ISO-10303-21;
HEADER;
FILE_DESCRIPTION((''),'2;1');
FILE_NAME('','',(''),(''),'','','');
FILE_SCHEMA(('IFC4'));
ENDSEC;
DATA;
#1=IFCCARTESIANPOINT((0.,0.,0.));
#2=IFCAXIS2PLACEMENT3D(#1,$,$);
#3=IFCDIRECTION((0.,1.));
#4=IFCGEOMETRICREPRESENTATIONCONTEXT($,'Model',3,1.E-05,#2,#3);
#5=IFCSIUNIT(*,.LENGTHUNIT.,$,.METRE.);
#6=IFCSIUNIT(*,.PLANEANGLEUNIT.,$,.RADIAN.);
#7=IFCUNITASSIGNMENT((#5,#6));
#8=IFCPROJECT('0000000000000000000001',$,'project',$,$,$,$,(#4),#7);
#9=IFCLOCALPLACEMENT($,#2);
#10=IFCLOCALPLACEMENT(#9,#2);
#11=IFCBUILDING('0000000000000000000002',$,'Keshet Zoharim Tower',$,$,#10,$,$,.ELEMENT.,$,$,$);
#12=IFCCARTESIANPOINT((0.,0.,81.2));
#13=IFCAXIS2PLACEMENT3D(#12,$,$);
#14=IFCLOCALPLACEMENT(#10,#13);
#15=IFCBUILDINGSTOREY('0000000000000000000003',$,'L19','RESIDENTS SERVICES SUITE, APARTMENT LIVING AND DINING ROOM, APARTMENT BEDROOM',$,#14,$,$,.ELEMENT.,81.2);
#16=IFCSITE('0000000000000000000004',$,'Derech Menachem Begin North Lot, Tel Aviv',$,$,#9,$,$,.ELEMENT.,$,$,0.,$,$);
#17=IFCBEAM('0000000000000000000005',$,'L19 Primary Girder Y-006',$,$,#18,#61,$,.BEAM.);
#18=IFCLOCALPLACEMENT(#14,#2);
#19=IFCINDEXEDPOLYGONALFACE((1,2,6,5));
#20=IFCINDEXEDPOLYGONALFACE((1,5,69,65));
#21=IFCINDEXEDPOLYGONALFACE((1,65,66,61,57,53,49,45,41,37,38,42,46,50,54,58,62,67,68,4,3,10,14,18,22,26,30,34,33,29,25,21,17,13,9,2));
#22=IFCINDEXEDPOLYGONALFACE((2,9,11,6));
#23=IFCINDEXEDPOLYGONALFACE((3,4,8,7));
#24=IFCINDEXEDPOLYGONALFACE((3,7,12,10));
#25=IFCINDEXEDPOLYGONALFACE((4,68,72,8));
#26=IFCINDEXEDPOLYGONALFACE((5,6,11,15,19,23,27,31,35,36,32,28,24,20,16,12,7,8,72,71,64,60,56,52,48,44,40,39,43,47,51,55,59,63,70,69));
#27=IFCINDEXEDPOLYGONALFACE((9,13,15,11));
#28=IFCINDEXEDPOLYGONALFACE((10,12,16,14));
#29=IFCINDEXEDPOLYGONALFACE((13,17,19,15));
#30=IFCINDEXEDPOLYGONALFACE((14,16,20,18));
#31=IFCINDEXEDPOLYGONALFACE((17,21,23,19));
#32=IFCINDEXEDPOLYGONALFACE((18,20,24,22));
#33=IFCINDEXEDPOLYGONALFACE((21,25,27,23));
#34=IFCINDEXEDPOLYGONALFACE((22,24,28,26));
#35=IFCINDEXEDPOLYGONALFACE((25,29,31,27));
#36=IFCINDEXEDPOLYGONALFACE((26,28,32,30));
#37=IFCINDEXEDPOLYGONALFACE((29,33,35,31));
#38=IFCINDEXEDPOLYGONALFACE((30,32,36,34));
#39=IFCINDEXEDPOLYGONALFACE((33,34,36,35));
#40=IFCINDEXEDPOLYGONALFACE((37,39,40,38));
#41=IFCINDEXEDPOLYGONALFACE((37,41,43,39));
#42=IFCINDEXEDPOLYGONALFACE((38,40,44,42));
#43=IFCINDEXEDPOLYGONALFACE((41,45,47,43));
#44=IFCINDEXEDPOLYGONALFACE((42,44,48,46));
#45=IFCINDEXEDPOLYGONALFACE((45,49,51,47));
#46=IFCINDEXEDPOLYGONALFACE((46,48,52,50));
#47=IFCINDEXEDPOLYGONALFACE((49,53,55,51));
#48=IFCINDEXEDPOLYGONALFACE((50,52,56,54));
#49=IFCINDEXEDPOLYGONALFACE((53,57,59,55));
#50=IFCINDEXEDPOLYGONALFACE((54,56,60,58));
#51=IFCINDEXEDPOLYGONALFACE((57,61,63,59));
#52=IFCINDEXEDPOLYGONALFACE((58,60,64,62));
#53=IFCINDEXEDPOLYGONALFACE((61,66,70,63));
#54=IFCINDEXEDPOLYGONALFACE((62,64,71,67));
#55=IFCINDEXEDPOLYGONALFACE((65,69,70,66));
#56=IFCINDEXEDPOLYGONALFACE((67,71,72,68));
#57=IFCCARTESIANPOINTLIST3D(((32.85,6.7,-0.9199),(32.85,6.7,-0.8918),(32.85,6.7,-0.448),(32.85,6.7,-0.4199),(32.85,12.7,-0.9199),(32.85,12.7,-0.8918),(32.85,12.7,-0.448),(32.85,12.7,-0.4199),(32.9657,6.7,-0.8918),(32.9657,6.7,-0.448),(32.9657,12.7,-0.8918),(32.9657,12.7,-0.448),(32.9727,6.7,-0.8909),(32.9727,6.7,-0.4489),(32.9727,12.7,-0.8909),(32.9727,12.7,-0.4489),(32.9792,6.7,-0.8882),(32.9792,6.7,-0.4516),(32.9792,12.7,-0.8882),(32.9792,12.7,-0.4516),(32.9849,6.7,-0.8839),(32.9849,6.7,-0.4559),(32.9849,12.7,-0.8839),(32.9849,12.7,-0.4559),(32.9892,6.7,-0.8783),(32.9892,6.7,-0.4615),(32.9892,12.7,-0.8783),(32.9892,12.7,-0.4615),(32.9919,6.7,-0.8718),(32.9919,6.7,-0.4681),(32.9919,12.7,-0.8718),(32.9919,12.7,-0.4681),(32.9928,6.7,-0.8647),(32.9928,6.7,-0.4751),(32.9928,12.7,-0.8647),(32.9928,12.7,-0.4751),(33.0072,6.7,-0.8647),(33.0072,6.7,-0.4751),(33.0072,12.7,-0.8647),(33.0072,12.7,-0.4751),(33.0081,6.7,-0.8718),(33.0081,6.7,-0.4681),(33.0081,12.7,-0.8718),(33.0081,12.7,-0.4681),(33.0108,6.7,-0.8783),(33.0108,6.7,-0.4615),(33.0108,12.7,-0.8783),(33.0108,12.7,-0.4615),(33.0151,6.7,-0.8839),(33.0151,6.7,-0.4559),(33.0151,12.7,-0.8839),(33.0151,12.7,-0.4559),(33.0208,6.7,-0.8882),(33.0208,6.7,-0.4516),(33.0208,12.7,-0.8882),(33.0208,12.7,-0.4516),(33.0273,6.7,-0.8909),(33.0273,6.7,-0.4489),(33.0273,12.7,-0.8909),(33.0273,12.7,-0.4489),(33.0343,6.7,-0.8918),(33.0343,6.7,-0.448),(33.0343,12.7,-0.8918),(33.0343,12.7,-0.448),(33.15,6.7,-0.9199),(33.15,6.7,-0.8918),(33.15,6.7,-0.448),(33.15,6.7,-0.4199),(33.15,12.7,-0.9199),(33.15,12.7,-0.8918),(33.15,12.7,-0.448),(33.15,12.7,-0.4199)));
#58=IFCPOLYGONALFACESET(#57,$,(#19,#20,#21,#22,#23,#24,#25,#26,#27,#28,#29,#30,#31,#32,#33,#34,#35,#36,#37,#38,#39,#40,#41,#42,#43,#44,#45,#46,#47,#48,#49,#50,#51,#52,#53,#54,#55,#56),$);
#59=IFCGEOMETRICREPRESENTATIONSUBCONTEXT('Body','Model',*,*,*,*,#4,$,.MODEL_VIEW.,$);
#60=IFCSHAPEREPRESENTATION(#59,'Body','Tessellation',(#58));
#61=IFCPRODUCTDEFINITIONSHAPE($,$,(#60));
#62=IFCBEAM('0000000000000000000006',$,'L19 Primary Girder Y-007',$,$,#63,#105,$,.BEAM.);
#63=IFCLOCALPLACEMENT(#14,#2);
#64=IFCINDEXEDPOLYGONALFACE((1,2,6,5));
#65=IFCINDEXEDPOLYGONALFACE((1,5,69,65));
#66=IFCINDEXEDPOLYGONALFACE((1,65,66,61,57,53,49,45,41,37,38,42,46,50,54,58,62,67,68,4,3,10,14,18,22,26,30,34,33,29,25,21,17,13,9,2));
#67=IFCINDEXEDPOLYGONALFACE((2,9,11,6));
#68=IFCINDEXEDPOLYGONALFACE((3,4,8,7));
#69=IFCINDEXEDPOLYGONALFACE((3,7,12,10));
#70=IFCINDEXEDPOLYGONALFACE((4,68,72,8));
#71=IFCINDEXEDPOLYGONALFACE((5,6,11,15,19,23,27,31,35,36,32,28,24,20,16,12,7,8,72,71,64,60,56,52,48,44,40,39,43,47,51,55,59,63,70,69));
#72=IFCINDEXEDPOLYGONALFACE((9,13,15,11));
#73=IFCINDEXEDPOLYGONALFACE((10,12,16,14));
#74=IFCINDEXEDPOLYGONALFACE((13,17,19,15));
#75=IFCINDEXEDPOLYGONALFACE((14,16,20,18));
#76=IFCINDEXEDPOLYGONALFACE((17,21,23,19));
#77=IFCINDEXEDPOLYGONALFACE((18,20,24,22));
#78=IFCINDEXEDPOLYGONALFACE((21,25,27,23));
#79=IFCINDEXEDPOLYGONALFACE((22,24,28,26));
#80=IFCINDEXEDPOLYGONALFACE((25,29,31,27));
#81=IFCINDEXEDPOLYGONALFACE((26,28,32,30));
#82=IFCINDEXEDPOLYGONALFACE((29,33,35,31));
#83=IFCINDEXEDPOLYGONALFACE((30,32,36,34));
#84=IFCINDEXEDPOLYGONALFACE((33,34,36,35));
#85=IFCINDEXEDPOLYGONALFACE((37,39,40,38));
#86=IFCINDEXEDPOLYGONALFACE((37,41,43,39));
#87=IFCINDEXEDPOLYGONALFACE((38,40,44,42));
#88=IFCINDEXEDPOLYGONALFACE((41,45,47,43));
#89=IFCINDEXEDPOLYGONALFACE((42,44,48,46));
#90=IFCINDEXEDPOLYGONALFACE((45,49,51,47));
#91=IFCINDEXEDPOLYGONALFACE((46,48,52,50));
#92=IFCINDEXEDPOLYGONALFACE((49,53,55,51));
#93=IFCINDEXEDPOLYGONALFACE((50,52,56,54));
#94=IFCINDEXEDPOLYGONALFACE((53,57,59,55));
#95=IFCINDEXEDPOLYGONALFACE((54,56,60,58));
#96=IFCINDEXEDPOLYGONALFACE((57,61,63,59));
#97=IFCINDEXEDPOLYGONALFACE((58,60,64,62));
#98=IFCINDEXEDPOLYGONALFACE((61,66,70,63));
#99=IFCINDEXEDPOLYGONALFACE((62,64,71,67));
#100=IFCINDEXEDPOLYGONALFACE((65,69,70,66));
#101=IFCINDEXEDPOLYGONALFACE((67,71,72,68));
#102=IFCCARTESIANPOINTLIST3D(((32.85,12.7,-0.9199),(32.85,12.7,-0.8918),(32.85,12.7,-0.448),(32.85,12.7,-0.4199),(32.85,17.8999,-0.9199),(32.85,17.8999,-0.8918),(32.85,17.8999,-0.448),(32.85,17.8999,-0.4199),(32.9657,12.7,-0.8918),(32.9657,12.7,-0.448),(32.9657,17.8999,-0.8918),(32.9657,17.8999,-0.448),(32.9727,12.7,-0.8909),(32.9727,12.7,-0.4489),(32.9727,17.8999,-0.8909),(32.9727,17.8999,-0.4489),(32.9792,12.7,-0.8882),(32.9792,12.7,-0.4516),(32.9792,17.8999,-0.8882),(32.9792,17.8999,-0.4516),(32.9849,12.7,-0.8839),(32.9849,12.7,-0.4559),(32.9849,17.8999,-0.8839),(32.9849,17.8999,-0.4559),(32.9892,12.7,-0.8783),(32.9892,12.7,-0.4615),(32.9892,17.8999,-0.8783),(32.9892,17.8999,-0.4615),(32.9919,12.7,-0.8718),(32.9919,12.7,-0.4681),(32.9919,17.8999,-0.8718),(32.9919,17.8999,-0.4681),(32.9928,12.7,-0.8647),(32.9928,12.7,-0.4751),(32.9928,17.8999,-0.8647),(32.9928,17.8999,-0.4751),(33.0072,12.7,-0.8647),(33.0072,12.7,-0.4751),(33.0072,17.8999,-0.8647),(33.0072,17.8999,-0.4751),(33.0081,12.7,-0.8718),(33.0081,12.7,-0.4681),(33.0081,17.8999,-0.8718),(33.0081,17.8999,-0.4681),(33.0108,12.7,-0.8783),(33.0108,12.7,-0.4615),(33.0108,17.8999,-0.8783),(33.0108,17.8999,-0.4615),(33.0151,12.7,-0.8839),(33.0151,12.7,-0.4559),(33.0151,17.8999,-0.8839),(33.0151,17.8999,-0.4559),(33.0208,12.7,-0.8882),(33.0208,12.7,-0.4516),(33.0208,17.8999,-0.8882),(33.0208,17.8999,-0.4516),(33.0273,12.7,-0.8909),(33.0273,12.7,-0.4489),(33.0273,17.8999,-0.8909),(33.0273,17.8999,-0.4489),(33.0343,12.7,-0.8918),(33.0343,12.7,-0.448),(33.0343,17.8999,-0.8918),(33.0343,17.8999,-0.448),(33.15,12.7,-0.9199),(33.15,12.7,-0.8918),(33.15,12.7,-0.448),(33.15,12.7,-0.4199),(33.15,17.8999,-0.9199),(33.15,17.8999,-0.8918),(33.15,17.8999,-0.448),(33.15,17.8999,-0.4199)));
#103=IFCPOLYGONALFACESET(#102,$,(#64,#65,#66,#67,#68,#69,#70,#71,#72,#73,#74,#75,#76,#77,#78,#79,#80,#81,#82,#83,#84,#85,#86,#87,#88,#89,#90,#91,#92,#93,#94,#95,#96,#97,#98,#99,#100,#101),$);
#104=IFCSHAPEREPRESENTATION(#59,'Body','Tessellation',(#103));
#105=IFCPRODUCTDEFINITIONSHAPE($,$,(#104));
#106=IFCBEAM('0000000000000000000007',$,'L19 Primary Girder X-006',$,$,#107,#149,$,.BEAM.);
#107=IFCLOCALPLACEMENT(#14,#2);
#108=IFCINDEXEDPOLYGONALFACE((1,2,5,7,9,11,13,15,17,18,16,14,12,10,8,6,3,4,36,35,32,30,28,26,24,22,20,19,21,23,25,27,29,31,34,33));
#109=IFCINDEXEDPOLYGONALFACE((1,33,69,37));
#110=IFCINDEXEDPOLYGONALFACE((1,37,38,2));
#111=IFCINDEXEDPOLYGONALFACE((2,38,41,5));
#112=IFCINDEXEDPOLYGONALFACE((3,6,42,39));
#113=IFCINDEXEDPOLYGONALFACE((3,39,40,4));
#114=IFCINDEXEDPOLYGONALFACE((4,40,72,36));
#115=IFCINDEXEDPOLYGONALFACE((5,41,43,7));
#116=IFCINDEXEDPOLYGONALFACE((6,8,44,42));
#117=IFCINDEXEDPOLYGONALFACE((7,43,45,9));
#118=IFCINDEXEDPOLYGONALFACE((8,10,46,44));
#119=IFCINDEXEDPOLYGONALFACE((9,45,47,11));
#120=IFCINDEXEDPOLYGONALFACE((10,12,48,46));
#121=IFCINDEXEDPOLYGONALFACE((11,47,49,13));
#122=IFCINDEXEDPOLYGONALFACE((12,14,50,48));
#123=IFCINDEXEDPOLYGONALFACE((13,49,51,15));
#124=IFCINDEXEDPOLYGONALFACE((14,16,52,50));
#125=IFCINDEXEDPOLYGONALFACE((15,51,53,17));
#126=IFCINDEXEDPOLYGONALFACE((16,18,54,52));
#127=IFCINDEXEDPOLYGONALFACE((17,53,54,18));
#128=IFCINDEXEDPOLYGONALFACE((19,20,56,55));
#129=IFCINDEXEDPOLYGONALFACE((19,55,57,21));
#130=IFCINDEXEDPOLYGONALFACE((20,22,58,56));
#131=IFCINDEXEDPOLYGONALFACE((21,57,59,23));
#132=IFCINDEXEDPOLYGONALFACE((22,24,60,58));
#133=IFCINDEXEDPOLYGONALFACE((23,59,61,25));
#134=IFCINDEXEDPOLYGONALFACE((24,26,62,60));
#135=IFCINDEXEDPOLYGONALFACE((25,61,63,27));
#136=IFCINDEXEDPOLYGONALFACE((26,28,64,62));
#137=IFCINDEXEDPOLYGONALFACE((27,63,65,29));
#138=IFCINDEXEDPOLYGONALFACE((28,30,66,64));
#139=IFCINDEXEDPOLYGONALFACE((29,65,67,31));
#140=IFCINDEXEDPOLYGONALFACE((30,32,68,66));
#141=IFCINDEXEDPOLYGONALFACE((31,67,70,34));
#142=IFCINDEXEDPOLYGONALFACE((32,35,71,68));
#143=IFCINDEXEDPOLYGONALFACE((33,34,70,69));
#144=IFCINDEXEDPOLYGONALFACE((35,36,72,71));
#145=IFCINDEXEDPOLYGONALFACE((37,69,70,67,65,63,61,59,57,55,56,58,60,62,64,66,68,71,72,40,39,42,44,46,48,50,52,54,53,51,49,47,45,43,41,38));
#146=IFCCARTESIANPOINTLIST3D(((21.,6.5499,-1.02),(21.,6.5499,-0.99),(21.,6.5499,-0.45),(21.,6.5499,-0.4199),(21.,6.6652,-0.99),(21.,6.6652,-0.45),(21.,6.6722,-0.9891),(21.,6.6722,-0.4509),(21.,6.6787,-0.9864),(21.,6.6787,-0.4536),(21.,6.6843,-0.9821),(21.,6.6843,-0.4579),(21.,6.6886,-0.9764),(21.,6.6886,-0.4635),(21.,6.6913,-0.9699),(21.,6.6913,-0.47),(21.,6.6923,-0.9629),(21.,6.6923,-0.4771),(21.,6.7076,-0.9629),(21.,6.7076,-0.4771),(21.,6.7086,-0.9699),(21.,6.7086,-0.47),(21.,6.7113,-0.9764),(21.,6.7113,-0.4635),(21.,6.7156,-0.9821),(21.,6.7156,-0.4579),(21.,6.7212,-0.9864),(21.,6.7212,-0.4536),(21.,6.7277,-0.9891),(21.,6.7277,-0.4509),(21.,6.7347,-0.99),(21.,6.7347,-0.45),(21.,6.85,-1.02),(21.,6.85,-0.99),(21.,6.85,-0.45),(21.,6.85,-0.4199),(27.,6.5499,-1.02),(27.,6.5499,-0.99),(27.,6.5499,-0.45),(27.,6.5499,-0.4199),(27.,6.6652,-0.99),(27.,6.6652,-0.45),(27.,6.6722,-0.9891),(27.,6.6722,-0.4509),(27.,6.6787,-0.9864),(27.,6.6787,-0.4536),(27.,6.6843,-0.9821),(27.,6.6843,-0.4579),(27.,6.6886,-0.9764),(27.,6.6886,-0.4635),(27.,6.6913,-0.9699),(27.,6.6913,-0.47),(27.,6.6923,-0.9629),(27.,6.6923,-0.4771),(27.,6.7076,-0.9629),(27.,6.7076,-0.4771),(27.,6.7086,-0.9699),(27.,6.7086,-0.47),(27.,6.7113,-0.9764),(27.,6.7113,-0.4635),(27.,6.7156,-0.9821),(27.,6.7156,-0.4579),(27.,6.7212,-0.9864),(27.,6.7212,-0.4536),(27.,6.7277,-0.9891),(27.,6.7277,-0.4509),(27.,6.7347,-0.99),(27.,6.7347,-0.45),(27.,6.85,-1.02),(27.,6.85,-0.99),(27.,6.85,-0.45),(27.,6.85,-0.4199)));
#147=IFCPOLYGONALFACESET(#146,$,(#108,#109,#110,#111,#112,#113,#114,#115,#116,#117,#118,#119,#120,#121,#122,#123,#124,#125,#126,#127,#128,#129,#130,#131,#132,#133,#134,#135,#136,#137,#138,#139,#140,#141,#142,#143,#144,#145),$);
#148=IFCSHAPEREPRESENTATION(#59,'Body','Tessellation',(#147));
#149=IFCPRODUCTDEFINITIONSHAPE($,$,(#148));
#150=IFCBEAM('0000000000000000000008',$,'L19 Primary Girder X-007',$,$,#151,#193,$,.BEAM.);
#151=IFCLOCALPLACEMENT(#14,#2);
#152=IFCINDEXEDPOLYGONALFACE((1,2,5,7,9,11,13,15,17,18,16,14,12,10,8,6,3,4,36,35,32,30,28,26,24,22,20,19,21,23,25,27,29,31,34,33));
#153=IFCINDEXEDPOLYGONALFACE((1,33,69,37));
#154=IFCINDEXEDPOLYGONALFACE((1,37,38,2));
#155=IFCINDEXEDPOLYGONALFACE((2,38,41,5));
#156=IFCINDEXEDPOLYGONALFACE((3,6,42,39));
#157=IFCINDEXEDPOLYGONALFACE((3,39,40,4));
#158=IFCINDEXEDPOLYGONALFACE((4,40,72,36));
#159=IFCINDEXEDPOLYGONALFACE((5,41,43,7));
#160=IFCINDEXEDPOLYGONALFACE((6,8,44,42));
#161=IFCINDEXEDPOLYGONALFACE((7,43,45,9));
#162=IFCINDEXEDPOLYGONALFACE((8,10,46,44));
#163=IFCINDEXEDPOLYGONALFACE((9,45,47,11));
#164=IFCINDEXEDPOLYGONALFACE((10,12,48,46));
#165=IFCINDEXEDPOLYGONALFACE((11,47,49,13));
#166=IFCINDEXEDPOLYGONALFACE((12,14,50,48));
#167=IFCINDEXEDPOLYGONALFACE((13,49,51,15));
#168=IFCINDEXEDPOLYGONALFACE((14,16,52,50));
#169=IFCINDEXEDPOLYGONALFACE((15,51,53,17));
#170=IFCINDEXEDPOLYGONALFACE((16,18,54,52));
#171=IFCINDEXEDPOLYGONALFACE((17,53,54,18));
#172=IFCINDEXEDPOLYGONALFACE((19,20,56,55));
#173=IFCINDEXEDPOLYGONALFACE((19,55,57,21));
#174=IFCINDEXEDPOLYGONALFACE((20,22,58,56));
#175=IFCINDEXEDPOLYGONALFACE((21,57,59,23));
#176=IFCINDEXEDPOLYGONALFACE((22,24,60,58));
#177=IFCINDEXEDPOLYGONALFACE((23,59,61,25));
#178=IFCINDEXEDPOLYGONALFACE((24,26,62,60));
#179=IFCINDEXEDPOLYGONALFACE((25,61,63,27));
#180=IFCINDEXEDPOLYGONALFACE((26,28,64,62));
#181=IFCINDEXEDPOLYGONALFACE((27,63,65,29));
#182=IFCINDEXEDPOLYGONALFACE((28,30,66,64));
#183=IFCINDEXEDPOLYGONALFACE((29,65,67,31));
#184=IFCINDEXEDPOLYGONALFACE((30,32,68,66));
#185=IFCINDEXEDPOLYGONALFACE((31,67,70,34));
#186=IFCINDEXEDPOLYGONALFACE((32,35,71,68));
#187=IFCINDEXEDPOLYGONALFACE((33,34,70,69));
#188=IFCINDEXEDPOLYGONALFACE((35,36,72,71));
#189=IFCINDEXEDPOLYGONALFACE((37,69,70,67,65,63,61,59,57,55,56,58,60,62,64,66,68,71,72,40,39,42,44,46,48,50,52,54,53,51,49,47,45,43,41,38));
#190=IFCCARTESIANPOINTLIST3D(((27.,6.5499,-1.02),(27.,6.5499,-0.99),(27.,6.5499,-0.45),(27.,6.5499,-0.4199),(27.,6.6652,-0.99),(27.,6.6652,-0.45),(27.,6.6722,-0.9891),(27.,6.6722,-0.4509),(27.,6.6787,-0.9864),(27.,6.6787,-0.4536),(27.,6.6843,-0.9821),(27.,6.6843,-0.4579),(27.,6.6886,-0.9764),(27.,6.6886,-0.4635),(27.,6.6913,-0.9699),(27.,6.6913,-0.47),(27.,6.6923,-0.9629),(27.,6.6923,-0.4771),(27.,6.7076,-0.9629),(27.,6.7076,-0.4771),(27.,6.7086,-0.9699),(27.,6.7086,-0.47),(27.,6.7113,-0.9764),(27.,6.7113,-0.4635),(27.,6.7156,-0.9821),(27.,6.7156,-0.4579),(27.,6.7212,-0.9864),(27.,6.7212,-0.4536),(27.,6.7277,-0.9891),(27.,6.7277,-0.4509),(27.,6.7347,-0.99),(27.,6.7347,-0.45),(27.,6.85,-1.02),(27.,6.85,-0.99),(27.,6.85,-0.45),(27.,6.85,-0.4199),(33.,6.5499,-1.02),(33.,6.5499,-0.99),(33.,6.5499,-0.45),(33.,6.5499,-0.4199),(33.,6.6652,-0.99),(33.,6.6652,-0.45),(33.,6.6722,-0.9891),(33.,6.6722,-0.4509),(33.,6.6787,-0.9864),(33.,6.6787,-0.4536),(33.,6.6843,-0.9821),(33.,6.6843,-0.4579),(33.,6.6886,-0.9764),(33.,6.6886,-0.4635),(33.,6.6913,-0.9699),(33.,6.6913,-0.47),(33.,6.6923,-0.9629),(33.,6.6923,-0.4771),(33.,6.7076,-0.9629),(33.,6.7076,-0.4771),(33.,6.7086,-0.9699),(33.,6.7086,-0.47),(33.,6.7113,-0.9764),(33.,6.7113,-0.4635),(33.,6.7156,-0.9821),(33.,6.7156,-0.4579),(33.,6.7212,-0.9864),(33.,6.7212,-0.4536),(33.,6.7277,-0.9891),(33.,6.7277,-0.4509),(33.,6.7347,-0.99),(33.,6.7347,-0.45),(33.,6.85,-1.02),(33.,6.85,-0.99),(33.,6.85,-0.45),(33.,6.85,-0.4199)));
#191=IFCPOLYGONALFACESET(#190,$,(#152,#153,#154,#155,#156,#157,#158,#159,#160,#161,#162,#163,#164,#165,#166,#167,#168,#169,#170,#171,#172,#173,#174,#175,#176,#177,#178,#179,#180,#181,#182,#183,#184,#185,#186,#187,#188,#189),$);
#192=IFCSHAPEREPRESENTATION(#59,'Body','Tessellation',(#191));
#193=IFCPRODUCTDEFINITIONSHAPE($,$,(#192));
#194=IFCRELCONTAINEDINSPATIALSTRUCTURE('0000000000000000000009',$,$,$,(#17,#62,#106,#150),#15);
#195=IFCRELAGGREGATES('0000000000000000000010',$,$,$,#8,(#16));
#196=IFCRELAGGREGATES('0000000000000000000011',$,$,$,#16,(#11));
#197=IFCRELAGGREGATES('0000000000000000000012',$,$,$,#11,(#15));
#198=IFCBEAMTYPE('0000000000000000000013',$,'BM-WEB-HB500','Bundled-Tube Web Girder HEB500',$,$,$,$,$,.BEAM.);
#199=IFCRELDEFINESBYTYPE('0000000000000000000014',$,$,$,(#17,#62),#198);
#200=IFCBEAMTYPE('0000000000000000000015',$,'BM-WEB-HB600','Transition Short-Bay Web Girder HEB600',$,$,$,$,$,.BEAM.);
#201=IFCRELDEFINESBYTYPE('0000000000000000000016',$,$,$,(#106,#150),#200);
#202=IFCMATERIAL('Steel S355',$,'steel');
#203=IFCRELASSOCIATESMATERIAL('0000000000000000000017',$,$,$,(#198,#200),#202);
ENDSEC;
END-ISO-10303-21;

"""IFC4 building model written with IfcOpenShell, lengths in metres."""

from ifc_helpers import new_model, si_unit, direction, frame, origin, origin_2d, place, context, subcontext, project, spatial, i_section, extrude, material, material_profile, profile_set, type_object, element, save


model = new_model("IFC4")

# Units and contexts
model_context = context("Model", 3, precision=1e-05, world=origin(), true_north=direction((0.0, 1.0)))
body_context = subcontext(model_context, "Body", "Model", "MODEL_VIEW")
ifc_project = project(units=[si_unit("LENGTHUNIT", "METRE"), si_unit("PLANEANGLEUNIT", "RADIAN")], contexts=[model_context])

# Site, building, storey
site_placement = place(None, origin())
site = spatial("IfcSite", under=ifc_project, at=site_placement, Name="Derech Menachem Begin North Lot, Tel Aviv", CompositionType="ELEMENT", RefElevation=0.0)
building_placement = place(site_placement, origin())
building = spatial("IfcBuilding", under=site, at=building_placement, Name="Keshet Zoharim Tower", CompositionType="ELEMENT")
storey_placement = place(building_placement, frame((0.0, 0.0, 81.2)))
storey = spatial("IfcBuildingStorey", under=building, at=storey_placement, Name="L19", Description="RESIDENTS SERVICES SUITE, APARTMENT LIVING AND DINING ROOM, APARTMENT BEDROOM", CompositionType="ELEMENT", Elevation=81.2)

# Shared definitions
ifc_material_1 = material(Name="Steel S355", Category="steel")

# Beams
ifc_material_profile_1 = material_profile(ifc_material_1, i_section(OverallWidth=0.3, OverallDepth=0.5, WebThickness=0.0144, FlangeThickness=0.0281, FilletRadius=0.0271, at=origin_2d()), Name="HEB500")
ifc_profile_set_1 = profile_set([ifc_material_profile_1], Name="Steel S355")
beam_type_1 = type_object("IfcBeamType", Name="BM-WEB-HB500", Description="Bundled-Tube Web Girder HEB500", PredefinedType="BEAM", material=ifc_profile_set_1)
beam_1_placement = place(storey_placement, frame((33.0, 6.7, -0.6699), z_axis=(0.0, 1.0, 0.0), x_axis=(-1.0, 0.0, 0.0)))
element("IfcBeam", 1, at=beam_1_placement, inside=storey, type_object=beam_type_1, Name="L19 Primary Girder Y-006", PredefinedType="BEAM", context=body_context, shape_type="SweptSolid", body=[
    extrude(i_section(OverallWidth=0.3, OverallDepth=0.5, WebThickness=0.0144, FlangeThickness=0.0281, FilletRadius=0.0271, at=origin_2d()), origin(), (0.0, 0.0, 1.0), 6.0),
])
beam_2_placement = place(storey_placement, frame((33.0, 12.7, -0.6699), z_axis=(0.0, 1.0, 0.0), x_axis=(-1.0, 0.0, 0.0)))
element("IfcBeam", 2, at=beam_2_placement, inside=storey, type_object=beam_type_1, Name="L19 Primary Girder Y-007", PredefinedType="BEAM", context=body_context, shape_type="SweptSolid", body=[
    extrude(i_section(OverallWidth=0.3, OverallDepth=0.5, WebThickness=0.0144, FlangeThickness=0.0281, FilletRadius=0.0271, at=origin_2d()), origin(), (0.0, 0.0, 1.0), 5.2),
])
ifc_material_profile_2 = material_profile(ifc_material_1, i_section(OverallWidth=0.3, OverallDepth=0.6001, WebThickness=0.0154, FlangeThickness=0.03, FilletRadius=0.0271, at=origin_2d()), Name="HEB600")
ifc_profile_set_2 = profile_set([ifc_material_profile_2], Name="Steel S355")
beam_type_2 = type_object("IfcBeamType", Name="BM-WEB-HB600", Description="Transition Short-Bay Web Girder HEB600", PredefinedType="BEAM", material=ifc_profile_set_2)
for number, where, z_axis, x_axis, name in (
    (3, (21.0, 6.7, -0.72), (1.0, 0.0, 0.0), (0.0, 1.0, 0.0), "L19 Primary Girder X-006"),
    (4, (27.0, 6.7, -0.72), (1.0, 0.0, 0.0), (0.0, 1.0, 0.0), "L19 Primary Girder X-007"),
):
    element("IfcBeam", number, at=place(storey_placement, frame(where, z_axis=z_axis, x_axis=x_axis)), inside=storey, type_object=beam_type_2, Name=name, PredefinedType="BEAM", context=body_context, shape_type="SweptSolid", body=[
        extrude(i_section(OverallWidth=0.3, OverallDepth=0.6001, WebThickness=0.0154, FlangeThickness=0.03, FilletRadius=0.0271, at=origin_2d()), origin(), (0.0, 0.0, 1.0), 6.0),
    ])

save(model, "model.ifc")
